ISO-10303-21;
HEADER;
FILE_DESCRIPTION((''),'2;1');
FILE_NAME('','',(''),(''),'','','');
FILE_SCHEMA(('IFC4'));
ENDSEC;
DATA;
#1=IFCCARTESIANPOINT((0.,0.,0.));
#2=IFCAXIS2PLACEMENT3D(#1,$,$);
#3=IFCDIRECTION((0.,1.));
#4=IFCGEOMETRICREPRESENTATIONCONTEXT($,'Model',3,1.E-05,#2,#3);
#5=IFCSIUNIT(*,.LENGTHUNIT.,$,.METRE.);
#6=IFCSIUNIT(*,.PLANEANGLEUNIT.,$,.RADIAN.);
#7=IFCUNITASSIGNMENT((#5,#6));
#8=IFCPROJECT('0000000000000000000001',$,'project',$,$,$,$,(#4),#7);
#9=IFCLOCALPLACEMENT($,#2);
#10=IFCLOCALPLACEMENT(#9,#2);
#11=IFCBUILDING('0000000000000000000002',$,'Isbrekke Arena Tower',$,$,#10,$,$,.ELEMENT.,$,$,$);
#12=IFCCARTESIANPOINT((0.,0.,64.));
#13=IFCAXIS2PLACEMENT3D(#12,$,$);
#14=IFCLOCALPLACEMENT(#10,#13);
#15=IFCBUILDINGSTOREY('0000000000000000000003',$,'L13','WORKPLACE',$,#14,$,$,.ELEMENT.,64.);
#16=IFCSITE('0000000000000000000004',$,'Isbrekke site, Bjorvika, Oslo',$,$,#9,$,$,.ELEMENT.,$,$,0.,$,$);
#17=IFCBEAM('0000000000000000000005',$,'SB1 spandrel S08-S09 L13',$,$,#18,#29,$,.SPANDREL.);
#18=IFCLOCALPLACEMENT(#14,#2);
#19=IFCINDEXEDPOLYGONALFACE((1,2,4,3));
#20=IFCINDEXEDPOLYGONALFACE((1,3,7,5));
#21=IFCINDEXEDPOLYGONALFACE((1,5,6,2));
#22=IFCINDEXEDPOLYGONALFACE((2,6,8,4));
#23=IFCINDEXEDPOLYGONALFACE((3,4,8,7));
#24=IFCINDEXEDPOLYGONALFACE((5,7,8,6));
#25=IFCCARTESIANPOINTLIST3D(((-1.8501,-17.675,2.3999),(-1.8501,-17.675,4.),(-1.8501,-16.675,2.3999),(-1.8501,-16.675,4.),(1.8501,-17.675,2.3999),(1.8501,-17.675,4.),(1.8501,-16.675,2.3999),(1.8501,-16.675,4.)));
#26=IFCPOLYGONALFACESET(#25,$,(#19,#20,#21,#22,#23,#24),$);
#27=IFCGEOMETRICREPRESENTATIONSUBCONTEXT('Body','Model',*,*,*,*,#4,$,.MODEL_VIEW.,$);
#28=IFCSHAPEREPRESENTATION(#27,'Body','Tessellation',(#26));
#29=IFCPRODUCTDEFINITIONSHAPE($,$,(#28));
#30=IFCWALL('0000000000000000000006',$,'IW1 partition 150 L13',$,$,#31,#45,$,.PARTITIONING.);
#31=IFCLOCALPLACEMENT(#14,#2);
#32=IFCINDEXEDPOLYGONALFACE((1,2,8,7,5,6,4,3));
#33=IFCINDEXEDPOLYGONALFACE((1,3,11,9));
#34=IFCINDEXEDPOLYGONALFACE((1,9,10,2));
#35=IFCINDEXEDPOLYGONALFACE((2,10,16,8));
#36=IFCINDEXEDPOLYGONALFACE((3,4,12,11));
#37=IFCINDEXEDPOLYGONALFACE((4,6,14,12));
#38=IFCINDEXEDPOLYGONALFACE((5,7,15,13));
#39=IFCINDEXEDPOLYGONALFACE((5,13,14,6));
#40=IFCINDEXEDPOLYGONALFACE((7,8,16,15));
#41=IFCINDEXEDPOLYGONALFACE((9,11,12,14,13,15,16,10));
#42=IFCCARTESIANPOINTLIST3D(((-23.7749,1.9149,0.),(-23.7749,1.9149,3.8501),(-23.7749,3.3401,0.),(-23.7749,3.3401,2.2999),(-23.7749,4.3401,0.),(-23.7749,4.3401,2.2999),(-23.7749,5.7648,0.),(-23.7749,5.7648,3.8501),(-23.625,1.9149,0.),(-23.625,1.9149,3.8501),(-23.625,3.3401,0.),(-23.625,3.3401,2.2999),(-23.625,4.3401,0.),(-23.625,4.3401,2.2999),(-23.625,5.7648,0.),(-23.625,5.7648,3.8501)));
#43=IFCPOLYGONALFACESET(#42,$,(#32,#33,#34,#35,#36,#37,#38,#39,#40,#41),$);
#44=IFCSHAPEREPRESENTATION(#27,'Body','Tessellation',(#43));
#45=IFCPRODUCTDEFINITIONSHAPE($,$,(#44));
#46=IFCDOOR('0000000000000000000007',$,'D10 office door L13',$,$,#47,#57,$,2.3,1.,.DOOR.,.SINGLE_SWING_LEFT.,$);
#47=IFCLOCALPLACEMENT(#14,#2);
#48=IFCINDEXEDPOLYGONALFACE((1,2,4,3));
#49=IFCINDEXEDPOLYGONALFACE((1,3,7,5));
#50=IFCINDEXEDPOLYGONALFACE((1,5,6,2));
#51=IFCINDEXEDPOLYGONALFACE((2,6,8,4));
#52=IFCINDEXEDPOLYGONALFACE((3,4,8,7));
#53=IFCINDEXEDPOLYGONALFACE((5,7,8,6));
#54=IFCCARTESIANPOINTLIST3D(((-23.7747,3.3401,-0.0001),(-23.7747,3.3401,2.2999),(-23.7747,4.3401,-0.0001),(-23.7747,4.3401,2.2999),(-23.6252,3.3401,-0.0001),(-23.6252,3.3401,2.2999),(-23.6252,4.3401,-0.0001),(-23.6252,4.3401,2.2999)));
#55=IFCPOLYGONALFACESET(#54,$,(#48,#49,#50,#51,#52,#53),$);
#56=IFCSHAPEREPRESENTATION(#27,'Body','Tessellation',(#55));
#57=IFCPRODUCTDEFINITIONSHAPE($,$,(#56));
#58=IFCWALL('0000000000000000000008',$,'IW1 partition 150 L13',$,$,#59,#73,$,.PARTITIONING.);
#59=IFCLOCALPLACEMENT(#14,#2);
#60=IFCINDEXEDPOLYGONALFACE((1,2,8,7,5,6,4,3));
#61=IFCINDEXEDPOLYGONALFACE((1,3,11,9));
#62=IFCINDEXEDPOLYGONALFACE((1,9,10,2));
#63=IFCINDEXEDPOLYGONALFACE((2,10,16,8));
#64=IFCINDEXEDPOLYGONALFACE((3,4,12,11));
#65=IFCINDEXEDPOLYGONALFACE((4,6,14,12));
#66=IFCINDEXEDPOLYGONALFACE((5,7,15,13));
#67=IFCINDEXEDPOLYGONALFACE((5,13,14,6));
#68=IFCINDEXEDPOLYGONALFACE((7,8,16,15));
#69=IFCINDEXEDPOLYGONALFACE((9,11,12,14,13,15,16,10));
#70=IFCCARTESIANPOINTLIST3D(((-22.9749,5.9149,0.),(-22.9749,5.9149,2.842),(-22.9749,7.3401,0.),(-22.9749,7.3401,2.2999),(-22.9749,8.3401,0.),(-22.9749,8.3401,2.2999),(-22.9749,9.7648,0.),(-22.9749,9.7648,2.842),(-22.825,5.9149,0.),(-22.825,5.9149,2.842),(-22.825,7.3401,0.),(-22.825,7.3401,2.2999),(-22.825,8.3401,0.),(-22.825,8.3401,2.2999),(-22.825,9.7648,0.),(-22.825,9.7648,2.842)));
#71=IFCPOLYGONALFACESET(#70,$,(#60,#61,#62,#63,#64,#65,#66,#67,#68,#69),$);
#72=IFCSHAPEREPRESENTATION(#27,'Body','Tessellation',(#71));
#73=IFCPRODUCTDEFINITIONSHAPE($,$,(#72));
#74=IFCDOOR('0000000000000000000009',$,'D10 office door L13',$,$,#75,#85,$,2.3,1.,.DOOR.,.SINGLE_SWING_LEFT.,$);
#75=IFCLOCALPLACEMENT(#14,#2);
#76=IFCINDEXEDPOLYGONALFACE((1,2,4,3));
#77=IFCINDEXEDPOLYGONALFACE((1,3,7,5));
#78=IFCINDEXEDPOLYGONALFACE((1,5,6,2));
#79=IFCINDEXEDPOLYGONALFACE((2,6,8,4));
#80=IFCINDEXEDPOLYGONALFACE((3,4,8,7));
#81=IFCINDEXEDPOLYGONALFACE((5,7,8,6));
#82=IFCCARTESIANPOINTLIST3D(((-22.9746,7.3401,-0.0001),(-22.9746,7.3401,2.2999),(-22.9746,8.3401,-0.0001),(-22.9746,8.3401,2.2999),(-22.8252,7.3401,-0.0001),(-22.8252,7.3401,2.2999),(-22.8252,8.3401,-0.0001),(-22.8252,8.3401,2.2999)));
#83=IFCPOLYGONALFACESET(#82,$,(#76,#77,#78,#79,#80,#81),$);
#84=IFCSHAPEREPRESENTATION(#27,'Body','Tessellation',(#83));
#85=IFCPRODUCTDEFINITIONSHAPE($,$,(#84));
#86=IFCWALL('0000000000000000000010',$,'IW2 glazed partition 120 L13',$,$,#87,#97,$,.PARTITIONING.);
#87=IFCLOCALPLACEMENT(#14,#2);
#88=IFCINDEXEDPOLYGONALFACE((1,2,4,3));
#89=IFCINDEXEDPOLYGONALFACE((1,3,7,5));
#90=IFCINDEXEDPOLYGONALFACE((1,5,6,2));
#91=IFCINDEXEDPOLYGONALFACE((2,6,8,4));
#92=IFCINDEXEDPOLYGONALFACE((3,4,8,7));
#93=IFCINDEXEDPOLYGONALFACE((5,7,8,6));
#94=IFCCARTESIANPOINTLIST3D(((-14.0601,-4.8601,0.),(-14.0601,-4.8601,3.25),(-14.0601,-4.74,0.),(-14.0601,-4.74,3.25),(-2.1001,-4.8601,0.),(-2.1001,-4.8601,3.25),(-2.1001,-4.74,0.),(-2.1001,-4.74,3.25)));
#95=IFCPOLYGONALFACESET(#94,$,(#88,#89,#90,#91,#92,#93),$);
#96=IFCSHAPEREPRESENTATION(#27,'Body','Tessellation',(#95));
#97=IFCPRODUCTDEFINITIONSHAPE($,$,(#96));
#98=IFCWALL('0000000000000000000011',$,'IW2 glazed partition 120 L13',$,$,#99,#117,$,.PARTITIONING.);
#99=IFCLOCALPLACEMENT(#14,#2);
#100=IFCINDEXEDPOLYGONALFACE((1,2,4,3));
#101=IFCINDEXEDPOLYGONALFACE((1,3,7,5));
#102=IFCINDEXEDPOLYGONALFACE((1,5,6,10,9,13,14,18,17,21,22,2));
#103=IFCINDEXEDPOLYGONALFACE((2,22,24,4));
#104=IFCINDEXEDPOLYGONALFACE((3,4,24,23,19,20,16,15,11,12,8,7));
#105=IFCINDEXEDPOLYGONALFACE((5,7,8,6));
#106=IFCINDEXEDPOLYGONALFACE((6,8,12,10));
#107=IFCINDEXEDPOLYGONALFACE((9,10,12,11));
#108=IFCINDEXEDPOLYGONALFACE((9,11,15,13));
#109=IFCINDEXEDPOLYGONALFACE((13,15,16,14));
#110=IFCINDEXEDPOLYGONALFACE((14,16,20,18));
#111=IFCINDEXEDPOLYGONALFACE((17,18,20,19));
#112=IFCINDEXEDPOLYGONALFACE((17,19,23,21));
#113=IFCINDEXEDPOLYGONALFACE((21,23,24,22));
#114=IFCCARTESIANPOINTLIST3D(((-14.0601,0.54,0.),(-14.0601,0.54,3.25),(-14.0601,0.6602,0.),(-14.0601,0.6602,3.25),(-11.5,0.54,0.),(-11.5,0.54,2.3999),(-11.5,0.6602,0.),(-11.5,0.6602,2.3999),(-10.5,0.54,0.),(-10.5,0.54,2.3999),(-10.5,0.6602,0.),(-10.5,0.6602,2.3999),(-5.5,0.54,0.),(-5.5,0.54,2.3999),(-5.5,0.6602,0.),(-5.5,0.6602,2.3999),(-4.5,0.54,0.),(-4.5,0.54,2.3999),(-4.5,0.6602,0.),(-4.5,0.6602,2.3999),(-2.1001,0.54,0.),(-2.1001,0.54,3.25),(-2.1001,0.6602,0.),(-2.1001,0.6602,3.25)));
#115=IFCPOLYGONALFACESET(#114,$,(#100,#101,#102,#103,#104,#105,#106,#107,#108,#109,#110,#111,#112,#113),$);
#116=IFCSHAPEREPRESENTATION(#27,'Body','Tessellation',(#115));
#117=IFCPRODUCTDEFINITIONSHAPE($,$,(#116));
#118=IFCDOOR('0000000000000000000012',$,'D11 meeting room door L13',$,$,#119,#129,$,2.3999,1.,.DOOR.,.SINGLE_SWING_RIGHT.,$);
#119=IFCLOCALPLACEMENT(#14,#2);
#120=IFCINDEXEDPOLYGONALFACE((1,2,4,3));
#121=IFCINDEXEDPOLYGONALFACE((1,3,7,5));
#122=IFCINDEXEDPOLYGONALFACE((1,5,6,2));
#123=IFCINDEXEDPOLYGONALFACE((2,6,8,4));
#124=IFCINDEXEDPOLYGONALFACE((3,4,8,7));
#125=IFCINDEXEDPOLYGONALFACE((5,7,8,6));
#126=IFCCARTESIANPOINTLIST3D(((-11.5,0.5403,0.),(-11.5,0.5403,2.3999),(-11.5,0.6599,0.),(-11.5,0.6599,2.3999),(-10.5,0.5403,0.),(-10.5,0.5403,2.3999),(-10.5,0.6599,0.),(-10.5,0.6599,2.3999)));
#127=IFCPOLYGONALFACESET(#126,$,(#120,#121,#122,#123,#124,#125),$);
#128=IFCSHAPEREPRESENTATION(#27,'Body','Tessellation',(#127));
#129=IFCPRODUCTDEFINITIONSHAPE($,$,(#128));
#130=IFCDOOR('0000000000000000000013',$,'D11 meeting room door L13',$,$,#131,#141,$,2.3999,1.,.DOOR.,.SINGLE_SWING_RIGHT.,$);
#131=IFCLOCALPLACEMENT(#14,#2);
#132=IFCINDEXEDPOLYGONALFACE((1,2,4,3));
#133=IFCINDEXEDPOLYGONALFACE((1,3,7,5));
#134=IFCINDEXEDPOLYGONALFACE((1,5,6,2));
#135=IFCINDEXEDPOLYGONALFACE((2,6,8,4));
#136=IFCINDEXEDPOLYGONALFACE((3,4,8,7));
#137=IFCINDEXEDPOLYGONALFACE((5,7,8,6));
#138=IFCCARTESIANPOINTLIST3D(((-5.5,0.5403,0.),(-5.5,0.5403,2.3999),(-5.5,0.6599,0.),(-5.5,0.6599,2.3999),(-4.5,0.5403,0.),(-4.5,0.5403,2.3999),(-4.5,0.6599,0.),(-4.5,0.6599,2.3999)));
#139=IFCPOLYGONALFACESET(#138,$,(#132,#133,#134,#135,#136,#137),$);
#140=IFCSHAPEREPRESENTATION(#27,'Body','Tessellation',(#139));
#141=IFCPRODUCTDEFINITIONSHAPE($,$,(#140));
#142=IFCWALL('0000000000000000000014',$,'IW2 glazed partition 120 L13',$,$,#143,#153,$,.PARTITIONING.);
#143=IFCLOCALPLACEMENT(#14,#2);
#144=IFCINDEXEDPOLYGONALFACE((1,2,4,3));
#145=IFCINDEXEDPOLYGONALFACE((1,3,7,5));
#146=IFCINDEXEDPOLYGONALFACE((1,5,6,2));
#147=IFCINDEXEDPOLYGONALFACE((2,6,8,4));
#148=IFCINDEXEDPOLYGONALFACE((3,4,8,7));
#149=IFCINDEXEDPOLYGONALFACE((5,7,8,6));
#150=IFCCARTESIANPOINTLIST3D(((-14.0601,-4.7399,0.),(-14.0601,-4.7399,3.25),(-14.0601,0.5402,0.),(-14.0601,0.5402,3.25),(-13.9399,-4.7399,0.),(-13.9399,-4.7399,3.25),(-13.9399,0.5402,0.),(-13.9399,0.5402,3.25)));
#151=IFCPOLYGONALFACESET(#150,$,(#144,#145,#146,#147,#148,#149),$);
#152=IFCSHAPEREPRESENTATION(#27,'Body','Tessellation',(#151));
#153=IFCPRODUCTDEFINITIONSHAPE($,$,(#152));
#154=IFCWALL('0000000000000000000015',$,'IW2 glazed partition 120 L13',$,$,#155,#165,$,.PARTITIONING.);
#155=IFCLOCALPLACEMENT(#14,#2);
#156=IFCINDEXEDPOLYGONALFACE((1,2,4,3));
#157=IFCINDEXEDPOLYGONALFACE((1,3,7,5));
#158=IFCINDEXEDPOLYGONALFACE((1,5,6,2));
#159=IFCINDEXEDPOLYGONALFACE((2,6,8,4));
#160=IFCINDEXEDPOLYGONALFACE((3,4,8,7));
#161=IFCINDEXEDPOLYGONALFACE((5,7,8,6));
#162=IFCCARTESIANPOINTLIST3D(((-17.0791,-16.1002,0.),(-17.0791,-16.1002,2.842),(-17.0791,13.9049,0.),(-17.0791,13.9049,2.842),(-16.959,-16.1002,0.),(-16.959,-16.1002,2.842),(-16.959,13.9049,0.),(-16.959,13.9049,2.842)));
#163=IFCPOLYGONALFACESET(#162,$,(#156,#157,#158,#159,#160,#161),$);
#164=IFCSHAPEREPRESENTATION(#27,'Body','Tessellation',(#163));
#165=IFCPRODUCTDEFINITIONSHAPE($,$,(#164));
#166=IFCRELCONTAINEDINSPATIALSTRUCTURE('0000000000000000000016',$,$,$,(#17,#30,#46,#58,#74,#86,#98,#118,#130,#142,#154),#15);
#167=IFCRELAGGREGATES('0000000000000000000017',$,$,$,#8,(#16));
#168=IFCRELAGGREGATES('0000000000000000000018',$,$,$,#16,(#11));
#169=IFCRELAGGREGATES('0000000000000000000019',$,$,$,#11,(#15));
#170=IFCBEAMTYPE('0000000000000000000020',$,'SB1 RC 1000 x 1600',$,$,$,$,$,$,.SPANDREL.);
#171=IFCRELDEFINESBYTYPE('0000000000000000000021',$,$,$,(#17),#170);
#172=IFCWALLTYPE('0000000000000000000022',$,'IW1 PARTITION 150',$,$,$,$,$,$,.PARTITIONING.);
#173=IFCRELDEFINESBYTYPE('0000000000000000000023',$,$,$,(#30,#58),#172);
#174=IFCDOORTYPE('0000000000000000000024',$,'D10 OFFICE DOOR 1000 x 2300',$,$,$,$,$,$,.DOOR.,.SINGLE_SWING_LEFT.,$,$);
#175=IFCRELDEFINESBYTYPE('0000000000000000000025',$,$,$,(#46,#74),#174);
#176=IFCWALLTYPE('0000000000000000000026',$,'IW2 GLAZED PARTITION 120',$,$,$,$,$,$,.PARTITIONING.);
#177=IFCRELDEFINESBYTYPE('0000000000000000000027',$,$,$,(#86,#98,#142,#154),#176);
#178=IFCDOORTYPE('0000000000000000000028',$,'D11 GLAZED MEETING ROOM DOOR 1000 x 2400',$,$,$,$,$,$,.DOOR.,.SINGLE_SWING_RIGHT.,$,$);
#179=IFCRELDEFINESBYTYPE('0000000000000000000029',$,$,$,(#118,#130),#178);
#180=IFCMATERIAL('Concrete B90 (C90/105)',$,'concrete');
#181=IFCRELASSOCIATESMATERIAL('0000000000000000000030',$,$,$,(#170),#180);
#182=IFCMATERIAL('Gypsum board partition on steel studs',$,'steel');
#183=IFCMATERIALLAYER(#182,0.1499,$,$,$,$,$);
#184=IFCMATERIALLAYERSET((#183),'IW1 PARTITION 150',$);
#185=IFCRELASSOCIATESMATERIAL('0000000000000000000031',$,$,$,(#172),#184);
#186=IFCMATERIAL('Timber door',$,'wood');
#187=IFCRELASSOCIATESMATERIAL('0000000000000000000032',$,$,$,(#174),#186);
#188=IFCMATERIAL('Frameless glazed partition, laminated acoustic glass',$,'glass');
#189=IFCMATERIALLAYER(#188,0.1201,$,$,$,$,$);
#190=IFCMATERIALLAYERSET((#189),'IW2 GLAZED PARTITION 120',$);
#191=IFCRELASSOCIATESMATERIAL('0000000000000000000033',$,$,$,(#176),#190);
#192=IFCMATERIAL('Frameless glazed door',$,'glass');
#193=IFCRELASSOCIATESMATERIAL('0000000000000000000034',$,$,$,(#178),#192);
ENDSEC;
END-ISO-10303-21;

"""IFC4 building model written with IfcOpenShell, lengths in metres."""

from ifc_helpers import new_model, si_unit, direction, frame, frame_2d, origin, origin_2d, place, context, subcontext, project, spatial, rectangle, extrude, material, layer, layer_set, material_profile, profile_set, type_object, element, fill, save


model = new_model("IFC4")

# Units and contexts
model_context = context("Model", 3, precision=1e-05, world=origin(), true_north=direction((0.0, 1.0)))
body_context = subcontext(model_context, "Body", "Model", "MODEL_VIEW")
ifc_project = project(units=[si_unit("LENGTHUNIT", "METRE"), si_unit("PLANEANGLEUNIT", "RADIAN")], contexts=[model_context])

# Site, building, storey
site_placement = place(None, origin())
site = spatial("IfcSite", under=ifc_project, at=site_placement, Name="Isbrekke site, Bjorvika, Oslo", CompositionType="ELEMENT", RefElevation=0.0)
building_placement = place(site_placement, origin())
building = spatial("IfcBuilding", under=site, at=building_placement, Name="Isbrekke Arena Tower", CompositionType="ELEMENT")
storey_placement = place(building_placement, frame((0.0, 0.0, 64.0)))
storey = spatial("IfcBuildingStorey", under=building, at=storey_placement, Name="L13", Description="WORKPLACE", CompositionType="ELEMENT", Elevation=64.0)

# Beam
ifc_material_1 = material(Name="Concrete B90 (C90/105)", Category="concrete")
ifc_material_profile_1 = material_profile(ifc_material_1, rectangle(XDim=1.0, YDim=1.6001, at=origin_2d()), Name="RC 1000x1600")
ifc_profile_set_1 = profile_set([ifc_material_profile_1], Name="Concrete B90 (C90/105)")
beam_type_1 = type_object("IfcBeamType", Name="SB1 RC 1000 x 1600", PredefinedType="SPANDREL", material=ifc_profile_set_1)
beam_1_placement = place(storey_placement, frame((-1.8501, -17.175, 3.2), z_axis=(1.0, 0.0, 0.0), x_axis=(0.0, 1.0, 0.0)))
element("IfcBeam", 1, at=beam_1_placement, inside=storey, type_object=beam_type_1, Name="SB1 spandrel S08-S09 L13", PredefinedType="SPANDREL", context=body_context, shape_type="SweptSolid", body=[
    extrude(rectangle(XDim=1.0, YDim=1.6001, at=origin_2d()), origin(), (0.0, 0.0, 1.0), 3.7002),
])

# Walls, openings, doors
ifc_material_2 = material(Name="Gypsum board partition on steel studs", Category="steel")
ifc_layer_1 = layer(ifc_material_2, 0.1499)
ifc_layer_set_1 = layer_set([ifc_layer_1], Name="IW1 PARTITION 150")
wall_type_1 = type_object("IfcWallType", Name="IW1 PARTITION 150", PredefinedType="PARTITIONING", material=ifc_layer_set_1)
wall_1_placement = place(storey_placement, frame((-23.7, 1.915, 0.0), z_axis=(0.0, 0.0, 1.0), x_axis=(0.0, 1.0, 0.0)))
wall_1 = element("IfcWall", 2, at=wall_1_placement, inside=storey, type_object=wall_type_1, Name="IW1 partition 150 L13", PredefinedType="PARTITIONING", context=body_context, shape_type="SweptSolid", body=[
    extrude(rectangle(XDim=3.8499, YDim=0.1499, at=frame_2d((1.9248, 0.0))), origin(), (0.0, 0.0, 1.0), 3.8501),
])
opening_1_placement = place(wall_1_placement, frame((1.425, 0.0, 0.0)))
opening_1 = element("IfcOpeningElement", 3, at=opening_1_placement, cuts=wall_1, PredefinedType="OPENING", context=body_context, shape_type="SweptSolid", body=[
    extrude(rectangle(XDim=1.0, YDim=2.3, at=frame_2d((0.5, 1.1499))), frame((0.0, 0.0898, 0.0), z_axis=(0.0, -1.0, 0.0), x_axis=(1.0, 0.0, 0.0)), (0.0, 0.0, 1.0), 0.1797),
])
ifc_material_3 = material(Name="Timber door", Category="wood")
door_type_1 = type_object("IfcDoorType", Name="D10 OFFICE DOOR 1000 x 2300", OperationType="SINGLE_SWING_LEFT", PredefinedType="DOOR", material=ifc_material_3)
door_1_placement = place(opening_1_placement, origin())
door_1 = element("IfcDoor", 4, at=door_1_placement, inside=storey, type_object=door_type_1, Name="D10 office door L13", OperationType="SINGLE_SWING_LEFT", OverallHeight=2.3, OverallWidth=1.0, PredefinedType="DOOR", context=body_context, shape_type="SweptSolid", body=[
    extrude(rectangle(XDim=1.0, YDim=2.3, at=frame_2d((0.5, 1.1499))), frame((0.0, 0.0747, 0.0), z_axis=(0.0, -1.0, 0.0), x_axis=(1.0, 0.0, 0.0)), (0.0, 0.0, 1.0), 0.1494),
])
fill(opening_1, door_1)
wall_2_placement = place(storey_placement, frame((-22.8999, 5.915, 0.0), z_axis=(0.0, 0.0, 1.0), x_axis=(0.0, 1.0, 0.0)))
wall_2 = element("IfcWall", 5, at=wall_2_placement, inside=storey, type_object=wall_type_1, Name="IW1 partition 150 L13", PredefinedType="PARTITIONING", context=body_context, shape_type="SweptSolid", body=[
    extrude(rectangle(XDim=3.8499, YDim=0.1499, at=frame_2d((1.9248, 0.0))), origin(), (0.0, 0.0, 1.0), 2.842),
])
opening_2_placement = place(wall_2_placement, frame((1.425, 0.0, 0.0)))
opening_2 = element("IfcOpeningElement", 6, at=opening_2_placement, cuts=wall_2, PredefinedType="OPENING", context=body_context, shape_type="SweptSolid", body=[
    extrude(rectangle(XDim=1.0, YDim=2.3, at=frame_2d((0.5, 1.1499))), frame((0.0, 0.0898, 0.0), z_axis=(0.0, -1.0, 0.0), x_axis=(1.0, 0.0, 0.0)), (0.0, 0.0, 1.0), 0.1797),
])
door_2_placement = place(opening_2_placement, origin())
door_2 = element("IfcDoor", 7, at=door_2_placement, inside=storey, type_object=door_type_1, Name="D10 office door L13", OperationType="SINGLE_SWING_LEFT", OverallHeight=2.3, OverallWidth=1.0, PredefinedType="DOOR", context=body_context, shape_type="SweptSolid", body=[
    extrude(rectangle(XDim=1.0, YDim=2.3, at=frame_2d((0.5, 1.1499))), frame((0.0, 0.0747, 0.0), z_axis=(0.0, -1.0, 0.0), x_axis=(1.0, 0.0, 0.0)), (0.0, 0.0, 1.0), 0.1494),
])
fill(opening_2, door_2)

# Wall
ifc_material_4 = material(Name="Frameless glazed partition, laminated acoustic glass", Category="glass")
ifc_layer_2 = layer(ifc_material_4, 0.1201)
ifc_layer_set_2 = layer_set([ifc_layer_2], Name="IW2 GLAZED PARTITION 120")
wall_type_2 = type_object("IfcWallType", Name="IW2 GLAZED PARTITION 120", PredefinedType="PARTITIONING", material=ifc_layer_set_2)
wall_3_placement = place(storey_placement, frame((-14.0601, -4.8, 0.0), z_axis=(0.0, 0.0, 1.0), x_axis=(1.0, 0.0, 0.0)))
element("IfcWall", 8, at=wall_3_placement, inside=storey, type_object=wall_type_2, Name="IW2 glazed partition 120 L13", PredefinedType="PARTITIONING", context=body_context, shape_type="SweptSolid", body=[
    extrude(rectangle(XDim=11.96, YDim=0.1201, at=frame_2d((5.98, 0.0))), origin(), (0.0, 0.0, 1.0), 3.25),
])

# Wall, openings, doors
wall_4_placement = place(storey_placement, frame((-14.0601, 0.6001, 0.0), z_axis=(0.0, 0.0, 1.0), x_axis=(1.0, 0.0, 0.0)))
wall_4 = element("IfcWall", 9, at=wall_4_placement, inside=storey, type_object=wall_type_2, Name="IW2 glazed partition 120 L13", PredefinedType="PARTITIONING", context=body_context, shape_type="SweptSolid", body=[
    extrude(rectangle(XDim=11.96, YDim=0.1201, at=frame_2d((5.98, 0.0))), origin(), (0.0, 0.0, 1.0), 3.25),
])
opening_3_placement = place(wall_4_placement, frame((2.5601, 0.0, 0.0)))
opening_3 = element("IfcOpeningElement", 10, at=opening_3_placement, cuts=wall_4, PredefinedType="OPENING", context=body_context, shape_type="SweptSolid", body=[
    extrude(rectangle(XDim=1.0, YDim=2.3999, at=frame_2d((0.5, 1.2))), frame((0.0, 0.075, 0.0), z_axis=(0.0, -1.0, 0.0), x_axis=(1.0, 0.0, 0.0)), (0.0, 0.0, 1.0), 0.1499),
])
opening_4_placement = place(wall_4_placement, frame((8.5601, 0.0, 0.0)))
opening_4 = element("IfcOpeningElement", 11, at=opening_4_placement, cuts=wall_4, PredefinedType="OPENING", context=body_context, shape_type="SweptSolid", body=[
    extrude(rectangle(XDim=1.0, YDim=2.3999, at=frame_2d((0.5, 1.2))), frame((0.0, 0.075, 0.0), z_axis=(0.0, -1.0, 0.0), x_axis=(1.0, 0.0, 0.0)), (0.0, 0.0, 1.0), 0.1499),
])
ifc_material_5 = material(Name="Frameless glazed door", Category="glass")
door_type_2 = type_object("IfcDoorType", Name="D11 GLAZED MEETING ROOM DOOR 1000 x 2400", OperationType="SINGLE_SWING_RIGHT", PredefinedType="DOOR", material=ifc_material_5)
door_3_placement = place(opening_3_placement, origin())
door_3 = element("IfcDoor", 12, at=door_3_placement, inside=storey, type_object=door_type_2, Name="D11 meeting room door L13", OperationType="SINGLE_SWING_RIGHT", OverallHeight=2.3999, OverallWidth=1.0, PredefinedType="DOOR", context=body_context, shape_type="SweptSolid", body=[
    extrude(rectangle(XDim=1.0, YDim=2.3999, at=frame_2d((0.5, 1.2))), frame((0.0, 0.0598, 0.0), z_axis=(0.0, -1.0, 0.0), x_axis=(1.0, 0.0, 0.0)), (0.0, 0.0, 1.0), 0.1196),
])
fill(opening_3, door_3)
door_4_placement = place(opening_4_placement, origin())
door_4 = element("IfcDoor", 13, at=door_4_placement, inside=storey, type_object=door_type_2, Name="D11 meeting room door L13", OperationType="SINGLE_SWING_RIGHT", OverallHeight=2.3999, OverallWidth=1.0, PredefinedType="DOOR", context=body_context, shape_type="SweptSolid", body=[
    extrude(rectangle(XDim=1.0, YDim=2.3999, at=frame_2d((0.5, 1.2))), frame((0.0, 0.0598, 0.0), z_axis=(0.0, -1.0, 0.0), x_axis=(1.0, 0.0, 0.0)), (0.0, 0.0, 1.0), 0.1196),
])
fill(opening_4, door_4)

# Walls
wall_5_placement = place(storey_placement, frame((-14.0, -4.74, 0.0), z_axis=(0.0, 0.0, 1.0), x_axis=(0.0, 1.0, 0.0)))
element("IfcWall", 14, at=wall_5_placement, inside=storey, type_object=wall_type_2, Name="IW2 glazed partition 120 L13", PredefinedType="PARTITIONING", context=body_context, shape_type="SweptSolid", body=[
    extrude(rectangle(XDim=5.28, YDim=0.1201, at=frame_2d((2.6401, 0.0))), origin(), (0.0, 0.0, 1.0), 3.25),
])
wall_6_placement = place(storey_placement, frame((-17.019, -16.1001, 0.0), z_axis=(0.0, 0.0, 1.0), x_axis=(0.0, 1.0, 0.0)))
element("IfcWall", 15, at=wall_6_placement, inside=storey, type_object=wall_type_2, Name="IW2 glazed partition 120 L13", PredefinedType="PARTITIONING", context=body_context, shape_type="SweptSolid", body=[
    extrude(rectangle(XDim=30.0051, YDim=0.1201, at=frame_2d((15.0024, 0.0))), origin(), (0.0, 0.0, 1.0), 2.842),
])

save(model, "model.ifc")
